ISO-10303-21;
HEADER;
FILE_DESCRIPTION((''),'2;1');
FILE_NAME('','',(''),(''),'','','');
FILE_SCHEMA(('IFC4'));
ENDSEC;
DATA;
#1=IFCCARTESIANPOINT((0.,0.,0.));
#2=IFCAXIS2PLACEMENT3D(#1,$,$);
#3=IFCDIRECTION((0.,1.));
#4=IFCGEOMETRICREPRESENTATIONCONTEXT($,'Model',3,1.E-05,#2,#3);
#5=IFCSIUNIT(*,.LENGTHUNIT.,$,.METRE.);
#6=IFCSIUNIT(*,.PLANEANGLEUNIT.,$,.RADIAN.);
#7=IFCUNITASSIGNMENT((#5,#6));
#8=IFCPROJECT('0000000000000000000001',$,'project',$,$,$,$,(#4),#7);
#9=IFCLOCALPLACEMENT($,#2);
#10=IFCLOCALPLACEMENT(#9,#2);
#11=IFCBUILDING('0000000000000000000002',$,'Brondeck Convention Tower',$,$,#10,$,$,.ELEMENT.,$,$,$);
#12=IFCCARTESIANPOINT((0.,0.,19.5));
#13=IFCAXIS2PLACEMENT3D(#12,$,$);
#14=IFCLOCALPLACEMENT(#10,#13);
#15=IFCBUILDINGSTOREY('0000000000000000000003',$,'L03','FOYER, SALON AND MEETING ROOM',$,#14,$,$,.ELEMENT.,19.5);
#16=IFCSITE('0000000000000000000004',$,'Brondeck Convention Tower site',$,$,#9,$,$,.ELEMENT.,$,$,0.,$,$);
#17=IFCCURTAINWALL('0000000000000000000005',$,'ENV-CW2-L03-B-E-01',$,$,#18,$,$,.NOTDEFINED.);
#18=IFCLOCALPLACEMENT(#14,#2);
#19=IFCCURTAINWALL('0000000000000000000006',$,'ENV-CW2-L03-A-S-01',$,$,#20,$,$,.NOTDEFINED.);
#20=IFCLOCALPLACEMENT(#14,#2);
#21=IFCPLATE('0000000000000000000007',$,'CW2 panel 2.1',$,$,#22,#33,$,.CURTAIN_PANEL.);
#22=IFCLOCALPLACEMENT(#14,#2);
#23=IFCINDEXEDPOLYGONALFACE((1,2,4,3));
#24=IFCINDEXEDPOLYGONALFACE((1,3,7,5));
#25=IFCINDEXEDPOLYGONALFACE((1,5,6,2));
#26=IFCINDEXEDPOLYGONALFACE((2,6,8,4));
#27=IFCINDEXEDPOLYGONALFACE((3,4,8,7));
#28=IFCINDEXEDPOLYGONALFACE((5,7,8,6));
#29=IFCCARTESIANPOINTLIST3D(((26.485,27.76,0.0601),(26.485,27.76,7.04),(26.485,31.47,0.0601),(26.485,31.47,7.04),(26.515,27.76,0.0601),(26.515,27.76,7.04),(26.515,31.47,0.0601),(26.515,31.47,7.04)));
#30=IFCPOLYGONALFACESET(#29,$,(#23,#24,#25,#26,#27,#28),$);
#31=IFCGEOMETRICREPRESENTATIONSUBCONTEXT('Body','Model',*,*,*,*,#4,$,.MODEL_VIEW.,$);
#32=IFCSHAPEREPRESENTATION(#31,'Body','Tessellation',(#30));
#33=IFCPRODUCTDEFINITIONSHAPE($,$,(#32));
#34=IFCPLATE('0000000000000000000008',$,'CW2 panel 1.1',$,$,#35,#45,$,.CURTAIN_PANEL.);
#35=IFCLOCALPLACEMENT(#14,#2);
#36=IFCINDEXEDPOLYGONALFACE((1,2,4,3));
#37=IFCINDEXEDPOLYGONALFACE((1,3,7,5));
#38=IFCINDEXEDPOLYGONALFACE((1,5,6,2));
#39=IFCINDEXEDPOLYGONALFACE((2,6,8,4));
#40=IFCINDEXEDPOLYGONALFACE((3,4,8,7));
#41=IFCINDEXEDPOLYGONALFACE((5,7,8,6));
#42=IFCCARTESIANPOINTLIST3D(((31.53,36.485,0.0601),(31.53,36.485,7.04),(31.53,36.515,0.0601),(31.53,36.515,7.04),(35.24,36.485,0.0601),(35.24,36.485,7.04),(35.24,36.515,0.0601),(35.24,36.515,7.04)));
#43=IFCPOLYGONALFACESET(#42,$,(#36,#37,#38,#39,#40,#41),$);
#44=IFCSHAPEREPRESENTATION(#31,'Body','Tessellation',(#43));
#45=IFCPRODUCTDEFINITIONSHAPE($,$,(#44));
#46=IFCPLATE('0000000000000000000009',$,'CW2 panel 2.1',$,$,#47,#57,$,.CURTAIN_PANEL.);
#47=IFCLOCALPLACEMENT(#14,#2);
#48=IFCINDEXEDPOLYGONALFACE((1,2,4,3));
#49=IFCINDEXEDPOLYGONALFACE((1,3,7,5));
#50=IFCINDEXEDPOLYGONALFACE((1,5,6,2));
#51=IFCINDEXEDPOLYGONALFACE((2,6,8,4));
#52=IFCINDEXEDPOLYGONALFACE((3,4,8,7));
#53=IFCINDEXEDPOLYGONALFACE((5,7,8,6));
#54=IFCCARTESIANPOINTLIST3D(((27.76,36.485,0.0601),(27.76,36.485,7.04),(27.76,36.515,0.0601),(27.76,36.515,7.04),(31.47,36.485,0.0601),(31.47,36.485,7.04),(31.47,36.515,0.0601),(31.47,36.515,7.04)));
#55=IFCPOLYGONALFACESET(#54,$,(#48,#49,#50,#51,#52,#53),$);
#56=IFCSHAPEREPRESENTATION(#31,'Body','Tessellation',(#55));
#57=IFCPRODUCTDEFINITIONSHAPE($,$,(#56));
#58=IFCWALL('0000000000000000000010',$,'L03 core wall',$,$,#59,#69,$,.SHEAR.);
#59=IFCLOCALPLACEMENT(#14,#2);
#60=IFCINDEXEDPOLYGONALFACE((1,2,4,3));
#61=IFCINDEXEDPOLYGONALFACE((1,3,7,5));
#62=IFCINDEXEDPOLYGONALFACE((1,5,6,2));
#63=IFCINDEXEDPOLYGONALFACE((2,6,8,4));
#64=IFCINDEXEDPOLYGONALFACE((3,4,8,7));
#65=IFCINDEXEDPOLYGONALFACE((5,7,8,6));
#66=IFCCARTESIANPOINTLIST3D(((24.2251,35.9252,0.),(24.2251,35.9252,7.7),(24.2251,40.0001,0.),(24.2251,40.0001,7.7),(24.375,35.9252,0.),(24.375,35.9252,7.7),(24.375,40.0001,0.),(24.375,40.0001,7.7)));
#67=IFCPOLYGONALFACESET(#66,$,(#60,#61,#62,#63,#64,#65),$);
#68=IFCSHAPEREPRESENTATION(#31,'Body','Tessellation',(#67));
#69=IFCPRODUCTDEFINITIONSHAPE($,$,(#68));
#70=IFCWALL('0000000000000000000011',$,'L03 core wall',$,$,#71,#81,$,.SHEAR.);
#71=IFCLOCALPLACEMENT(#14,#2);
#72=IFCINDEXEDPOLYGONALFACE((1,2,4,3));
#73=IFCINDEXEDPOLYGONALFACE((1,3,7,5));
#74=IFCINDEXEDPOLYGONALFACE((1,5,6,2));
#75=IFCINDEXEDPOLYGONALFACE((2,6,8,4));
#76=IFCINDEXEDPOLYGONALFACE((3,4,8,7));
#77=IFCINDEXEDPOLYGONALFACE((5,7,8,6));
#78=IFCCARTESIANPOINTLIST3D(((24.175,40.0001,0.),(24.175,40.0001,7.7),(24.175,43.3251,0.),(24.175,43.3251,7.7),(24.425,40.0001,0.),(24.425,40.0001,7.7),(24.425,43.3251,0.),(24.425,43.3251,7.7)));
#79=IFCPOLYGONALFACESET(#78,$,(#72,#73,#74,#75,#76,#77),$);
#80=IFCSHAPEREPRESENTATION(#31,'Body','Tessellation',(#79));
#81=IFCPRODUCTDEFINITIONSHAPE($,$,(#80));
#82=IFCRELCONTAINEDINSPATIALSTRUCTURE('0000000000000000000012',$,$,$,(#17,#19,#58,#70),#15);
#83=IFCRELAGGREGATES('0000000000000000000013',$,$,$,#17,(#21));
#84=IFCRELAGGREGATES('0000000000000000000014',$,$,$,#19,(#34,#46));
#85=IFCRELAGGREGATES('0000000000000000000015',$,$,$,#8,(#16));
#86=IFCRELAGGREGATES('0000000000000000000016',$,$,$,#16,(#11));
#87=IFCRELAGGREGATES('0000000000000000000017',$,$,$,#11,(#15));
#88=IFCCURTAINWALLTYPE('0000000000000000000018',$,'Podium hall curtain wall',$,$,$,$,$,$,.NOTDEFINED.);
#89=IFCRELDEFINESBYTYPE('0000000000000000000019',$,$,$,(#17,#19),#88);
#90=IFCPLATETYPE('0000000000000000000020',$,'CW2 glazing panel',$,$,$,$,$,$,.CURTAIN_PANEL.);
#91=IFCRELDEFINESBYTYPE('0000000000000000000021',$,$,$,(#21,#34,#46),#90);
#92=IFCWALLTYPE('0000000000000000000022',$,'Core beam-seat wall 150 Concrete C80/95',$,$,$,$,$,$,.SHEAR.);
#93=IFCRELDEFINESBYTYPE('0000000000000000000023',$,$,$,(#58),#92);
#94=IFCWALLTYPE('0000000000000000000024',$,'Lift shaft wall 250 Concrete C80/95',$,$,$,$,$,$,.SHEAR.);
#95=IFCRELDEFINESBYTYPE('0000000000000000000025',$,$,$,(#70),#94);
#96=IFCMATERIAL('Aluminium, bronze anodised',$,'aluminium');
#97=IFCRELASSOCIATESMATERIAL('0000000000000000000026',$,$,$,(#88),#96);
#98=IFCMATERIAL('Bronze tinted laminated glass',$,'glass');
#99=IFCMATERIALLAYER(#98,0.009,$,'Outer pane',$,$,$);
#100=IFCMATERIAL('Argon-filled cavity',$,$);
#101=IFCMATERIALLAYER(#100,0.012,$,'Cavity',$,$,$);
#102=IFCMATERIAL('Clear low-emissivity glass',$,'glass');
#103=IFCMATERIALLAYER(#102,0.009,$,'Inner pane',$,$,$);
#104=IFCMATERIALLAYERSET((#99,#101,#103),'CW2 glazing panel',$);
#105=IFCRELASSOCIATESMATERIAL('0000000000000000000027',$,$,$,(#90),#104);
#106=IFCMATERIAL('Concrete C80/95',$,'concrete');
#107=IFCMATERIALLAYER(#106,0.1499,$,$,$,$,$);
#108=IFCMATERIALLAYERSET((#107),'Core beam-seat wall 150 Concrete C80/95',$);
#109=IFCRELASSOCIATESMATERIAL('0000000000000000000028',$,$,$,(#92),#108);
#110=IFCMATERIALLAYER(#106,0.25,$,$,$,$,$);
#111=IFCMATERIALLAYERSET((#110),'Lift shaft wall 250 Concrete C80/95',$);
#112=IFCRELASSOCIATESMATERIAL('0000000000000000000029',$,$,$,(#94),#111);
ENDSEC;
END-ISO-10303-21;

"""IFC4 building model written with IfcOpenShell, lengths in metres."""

from ifc_helpers import new_model, si_unit, direction, frame, frame_2d, origin, origin_2d, place, context, subcontext, project, spatial, rectangle, extrude, material, layer, layer_set, type_object, element, aggregate, save


model = new_model("IFC4")

# Units and contexts
model_context = context("Model", 3, precision=1e-05, world=origin(), true_north=direction((0.0, 1.0)))
body_context = subcontext(model_context, "Body", "Model", "MODEL_VIEW")
ifc_project = project(units=[si_unit("LENGTHUNIT", "METRE"), si_unit("PLANEANGLEUNIT", "RADIAN")], contexts=[model_context])

# Site, building, storey
site_placement = place(None, origin())
site = spatial("IfcSite", under=ifc_project, at=site_placement, Name="Brondeck Convention Tower site", CompositionType="ELEMENT", RefElevation=0.0)
building_placement = place(site_placement, origin())
building = spatial("IfcBuilding", under=site, at=building_placement, Name="Brondeck Convention Tower", CompositionType="ELEMENT")
storey_placement = place(building_placement, frame((0.0, 0.0, 19.5)))
storey = spatial("IfcBuildingStorey", under=building, at=storey_placement, Name="L03", Description="FOYER, SALON AND MEETING ROOM", CompositionType="ELEMENT", Elevation=19.5)

# Shared definitions
ifc_material_1 = material(Name="Concrete C80/95", Category="concrete")

# Shared definitions
ifc_material_2 = material(Name="Aluminium, bronze anodised", Category="aluminium")
curtain_wall_type = type_object("IfcCurtainWallType", Name="Podium hall curtain wall", PredefinedType="NOTDEFINED", material=ifc_material_2)

# Curtain walls
curtain_wall_1_placement = place(storey_placement, origin())
curtain_wall_1 = element("IfcCurtainWall", 1, at=curtain_wall_1_placement, inside=storey, type_object=curtain_wall_type, Name="ENV-CW2-L03-B-E-01", PredefinedType="NOTDEFINED")
curtain_wall_2_placement = place(storey_placement, origin())
curtain_wall_2 = element("IfcCurtainWall", 2, at=curtain_wall_2_placement, inside=storey, type_object=curtain_wall_type, Name="ENV-CW2-L03-A-S-01", PredefinedType="NOTDEFINED")

# Plates
ifc_material_3 = material(Name="Bronze tinted laminated glass", Category="glass")
ifc_layer_1 = layer(ifc_material_3, 0.009, Name="Outer pane")
ifc_material_4 = material(Name="Argon-filled cavity")
ifc_layer_2 = layer(ifc_material_4, 0.012, Name="Cavity")
ifc_material_5 = material(Name="Clear low-emissivity glass", Category="glass")
ifc_layer_3 = layer(ifc_material_5, 0.009, Name="Inner pane")
ifc_layer_set_1 = layer_set([ifc_layer_1, ifc_layer_2, ifc_layer_3], Name="CW2 glazing panel")
plate_type = type_object("IfcPlateType", Name="CW2 glazing panel", PredefinedType="CURTAIN_PANEL", material=ifc_layer_set_1)
plate_1_placement = place(storey_placement, frame((26.5, 29.615, 0.0601), z_axis=(0.0, 0.0, 1.0), x_axis=(0.0, -1.0, 0.0)))
plate_1 = element("IfcPlate", 3, at=plate_1_placement, type_object=plate_type, Name="CW2 panel 2.1", PredefinedType="CURTAIN_PANEL", context=body_context, shape_type="SweptSolid", body=[
    extrude(rectangle(XDim=3.71, YDim=0.03, at=origin_2d()), origin(), (0.0, 0.0, 1.0), 6.98),
])
aggregate(curtain_wall_1, [plate_1])
plate_2_placement = place(storey_placement, frame((33.385, 36.5, 0.0601), z_axis=(0.0, 0.0, 1.0), x_axis=(-1.0, 0.0, 0.0)))
plate_2 = element("IfcPlate", 4, at=plate_2_placement, type_object=plate_type, Name="CW2 panel 1.1", PredefinedType="CURTAIN_PANEL", context=body_context, shape_type="SweptSolid", body=[
    extrude(rectangle(XDim=3.71, YDim=0.03, at=origin_2d()), origin(), (0.0, 0.0, 1.0), 6.98),
])
plate_3_placement = place(storey_placement, frame((29.615, 36.5, 0.0601), z_axis=(0.0, 0.0, 1.0), x_axis=(-1.0, 0.0, 0.0)))
plate_3 = element("IfcPlate", 5, at=plate_3_placement, type_object=plate_type, Name="CW2 panel 2.1", PredefinedType="CURTAIN_PANEL", context=body_context, shape_type="SweptSolid", body=[
    extrude(rectangle(XDim=3.71, YDim=0.03, at=origin_2d()), origin(), (0.0, 0.0, 1.0), 6.98),
])
aggregate(curtain_wall_2, [plate_2, plate_3])

# Walls
ifc_layer_4 = layer(ifc_material_1, 0.1499)
ifc_layer_set_2 = layer_set([ifc_layer_4], Name="Core beam-seat wall 150 Concrete C80/95")
wall_type_1 = type_object("IfcWallType", Name="Core beam-seat wall 150 Concrete C80/95", PredefinedType="SHEAR", material=ifc_layer_set_2)
wall_1_placement = place(storey_placement, frame((24.3, 35.925, 0.0), z_axis=(0.0, 0.0, 1.0), x_axis=(0.0, 1.0, 0.0)))
element("IfcWall", 6, at=wall_1_placement, inside=storey, type_object=wall_type_1, Name="L03 core wall", PredefinedType="SHEAR", context=body_context, shape_type="SweptSolid", body=[
    extrude(rectangle(XDim=4.075, YDim=0.1499, at=frame_2d((2.0376, 0.0))), origin(), (0.0, 0.0, 1.0), 7.7),
])
ifc_layer_5 = layer(ifc_material_1, 0.25)
ifc_layer_set_3 = layer_set([ifc_layer_5], Name="Lift shaft wall 250 Concrete C80/95")
wall_type_2 = type_object("IfcWallType", Name="Lift shaft wall 250 Concrete C80/95", PredefinedType="SHEAR", material=ifc_layer_set_3)
wall_2_placement = place(storey_placement, frame((24.3, 40.0, 0.0), z_axis=(0.0, 0.0, 1.0), x_axis=(0.0, 1.0, 0.0)))
element("IfcWall", 7, at=wall_2_placement, inside=storey, type_object=wall_type_2, Name="L03 core wall", PredefinedType="SHEAR", context=body_context, shape_type="SweptSolid", body=[
    extrude(rectangle(XDim=3.325, YDim=0.25, at=frame_2d((1.6626, 0.0))), origin(), (0.0, 0.0, 1.0), 7.7),
])

save(model, "model.ifc")
